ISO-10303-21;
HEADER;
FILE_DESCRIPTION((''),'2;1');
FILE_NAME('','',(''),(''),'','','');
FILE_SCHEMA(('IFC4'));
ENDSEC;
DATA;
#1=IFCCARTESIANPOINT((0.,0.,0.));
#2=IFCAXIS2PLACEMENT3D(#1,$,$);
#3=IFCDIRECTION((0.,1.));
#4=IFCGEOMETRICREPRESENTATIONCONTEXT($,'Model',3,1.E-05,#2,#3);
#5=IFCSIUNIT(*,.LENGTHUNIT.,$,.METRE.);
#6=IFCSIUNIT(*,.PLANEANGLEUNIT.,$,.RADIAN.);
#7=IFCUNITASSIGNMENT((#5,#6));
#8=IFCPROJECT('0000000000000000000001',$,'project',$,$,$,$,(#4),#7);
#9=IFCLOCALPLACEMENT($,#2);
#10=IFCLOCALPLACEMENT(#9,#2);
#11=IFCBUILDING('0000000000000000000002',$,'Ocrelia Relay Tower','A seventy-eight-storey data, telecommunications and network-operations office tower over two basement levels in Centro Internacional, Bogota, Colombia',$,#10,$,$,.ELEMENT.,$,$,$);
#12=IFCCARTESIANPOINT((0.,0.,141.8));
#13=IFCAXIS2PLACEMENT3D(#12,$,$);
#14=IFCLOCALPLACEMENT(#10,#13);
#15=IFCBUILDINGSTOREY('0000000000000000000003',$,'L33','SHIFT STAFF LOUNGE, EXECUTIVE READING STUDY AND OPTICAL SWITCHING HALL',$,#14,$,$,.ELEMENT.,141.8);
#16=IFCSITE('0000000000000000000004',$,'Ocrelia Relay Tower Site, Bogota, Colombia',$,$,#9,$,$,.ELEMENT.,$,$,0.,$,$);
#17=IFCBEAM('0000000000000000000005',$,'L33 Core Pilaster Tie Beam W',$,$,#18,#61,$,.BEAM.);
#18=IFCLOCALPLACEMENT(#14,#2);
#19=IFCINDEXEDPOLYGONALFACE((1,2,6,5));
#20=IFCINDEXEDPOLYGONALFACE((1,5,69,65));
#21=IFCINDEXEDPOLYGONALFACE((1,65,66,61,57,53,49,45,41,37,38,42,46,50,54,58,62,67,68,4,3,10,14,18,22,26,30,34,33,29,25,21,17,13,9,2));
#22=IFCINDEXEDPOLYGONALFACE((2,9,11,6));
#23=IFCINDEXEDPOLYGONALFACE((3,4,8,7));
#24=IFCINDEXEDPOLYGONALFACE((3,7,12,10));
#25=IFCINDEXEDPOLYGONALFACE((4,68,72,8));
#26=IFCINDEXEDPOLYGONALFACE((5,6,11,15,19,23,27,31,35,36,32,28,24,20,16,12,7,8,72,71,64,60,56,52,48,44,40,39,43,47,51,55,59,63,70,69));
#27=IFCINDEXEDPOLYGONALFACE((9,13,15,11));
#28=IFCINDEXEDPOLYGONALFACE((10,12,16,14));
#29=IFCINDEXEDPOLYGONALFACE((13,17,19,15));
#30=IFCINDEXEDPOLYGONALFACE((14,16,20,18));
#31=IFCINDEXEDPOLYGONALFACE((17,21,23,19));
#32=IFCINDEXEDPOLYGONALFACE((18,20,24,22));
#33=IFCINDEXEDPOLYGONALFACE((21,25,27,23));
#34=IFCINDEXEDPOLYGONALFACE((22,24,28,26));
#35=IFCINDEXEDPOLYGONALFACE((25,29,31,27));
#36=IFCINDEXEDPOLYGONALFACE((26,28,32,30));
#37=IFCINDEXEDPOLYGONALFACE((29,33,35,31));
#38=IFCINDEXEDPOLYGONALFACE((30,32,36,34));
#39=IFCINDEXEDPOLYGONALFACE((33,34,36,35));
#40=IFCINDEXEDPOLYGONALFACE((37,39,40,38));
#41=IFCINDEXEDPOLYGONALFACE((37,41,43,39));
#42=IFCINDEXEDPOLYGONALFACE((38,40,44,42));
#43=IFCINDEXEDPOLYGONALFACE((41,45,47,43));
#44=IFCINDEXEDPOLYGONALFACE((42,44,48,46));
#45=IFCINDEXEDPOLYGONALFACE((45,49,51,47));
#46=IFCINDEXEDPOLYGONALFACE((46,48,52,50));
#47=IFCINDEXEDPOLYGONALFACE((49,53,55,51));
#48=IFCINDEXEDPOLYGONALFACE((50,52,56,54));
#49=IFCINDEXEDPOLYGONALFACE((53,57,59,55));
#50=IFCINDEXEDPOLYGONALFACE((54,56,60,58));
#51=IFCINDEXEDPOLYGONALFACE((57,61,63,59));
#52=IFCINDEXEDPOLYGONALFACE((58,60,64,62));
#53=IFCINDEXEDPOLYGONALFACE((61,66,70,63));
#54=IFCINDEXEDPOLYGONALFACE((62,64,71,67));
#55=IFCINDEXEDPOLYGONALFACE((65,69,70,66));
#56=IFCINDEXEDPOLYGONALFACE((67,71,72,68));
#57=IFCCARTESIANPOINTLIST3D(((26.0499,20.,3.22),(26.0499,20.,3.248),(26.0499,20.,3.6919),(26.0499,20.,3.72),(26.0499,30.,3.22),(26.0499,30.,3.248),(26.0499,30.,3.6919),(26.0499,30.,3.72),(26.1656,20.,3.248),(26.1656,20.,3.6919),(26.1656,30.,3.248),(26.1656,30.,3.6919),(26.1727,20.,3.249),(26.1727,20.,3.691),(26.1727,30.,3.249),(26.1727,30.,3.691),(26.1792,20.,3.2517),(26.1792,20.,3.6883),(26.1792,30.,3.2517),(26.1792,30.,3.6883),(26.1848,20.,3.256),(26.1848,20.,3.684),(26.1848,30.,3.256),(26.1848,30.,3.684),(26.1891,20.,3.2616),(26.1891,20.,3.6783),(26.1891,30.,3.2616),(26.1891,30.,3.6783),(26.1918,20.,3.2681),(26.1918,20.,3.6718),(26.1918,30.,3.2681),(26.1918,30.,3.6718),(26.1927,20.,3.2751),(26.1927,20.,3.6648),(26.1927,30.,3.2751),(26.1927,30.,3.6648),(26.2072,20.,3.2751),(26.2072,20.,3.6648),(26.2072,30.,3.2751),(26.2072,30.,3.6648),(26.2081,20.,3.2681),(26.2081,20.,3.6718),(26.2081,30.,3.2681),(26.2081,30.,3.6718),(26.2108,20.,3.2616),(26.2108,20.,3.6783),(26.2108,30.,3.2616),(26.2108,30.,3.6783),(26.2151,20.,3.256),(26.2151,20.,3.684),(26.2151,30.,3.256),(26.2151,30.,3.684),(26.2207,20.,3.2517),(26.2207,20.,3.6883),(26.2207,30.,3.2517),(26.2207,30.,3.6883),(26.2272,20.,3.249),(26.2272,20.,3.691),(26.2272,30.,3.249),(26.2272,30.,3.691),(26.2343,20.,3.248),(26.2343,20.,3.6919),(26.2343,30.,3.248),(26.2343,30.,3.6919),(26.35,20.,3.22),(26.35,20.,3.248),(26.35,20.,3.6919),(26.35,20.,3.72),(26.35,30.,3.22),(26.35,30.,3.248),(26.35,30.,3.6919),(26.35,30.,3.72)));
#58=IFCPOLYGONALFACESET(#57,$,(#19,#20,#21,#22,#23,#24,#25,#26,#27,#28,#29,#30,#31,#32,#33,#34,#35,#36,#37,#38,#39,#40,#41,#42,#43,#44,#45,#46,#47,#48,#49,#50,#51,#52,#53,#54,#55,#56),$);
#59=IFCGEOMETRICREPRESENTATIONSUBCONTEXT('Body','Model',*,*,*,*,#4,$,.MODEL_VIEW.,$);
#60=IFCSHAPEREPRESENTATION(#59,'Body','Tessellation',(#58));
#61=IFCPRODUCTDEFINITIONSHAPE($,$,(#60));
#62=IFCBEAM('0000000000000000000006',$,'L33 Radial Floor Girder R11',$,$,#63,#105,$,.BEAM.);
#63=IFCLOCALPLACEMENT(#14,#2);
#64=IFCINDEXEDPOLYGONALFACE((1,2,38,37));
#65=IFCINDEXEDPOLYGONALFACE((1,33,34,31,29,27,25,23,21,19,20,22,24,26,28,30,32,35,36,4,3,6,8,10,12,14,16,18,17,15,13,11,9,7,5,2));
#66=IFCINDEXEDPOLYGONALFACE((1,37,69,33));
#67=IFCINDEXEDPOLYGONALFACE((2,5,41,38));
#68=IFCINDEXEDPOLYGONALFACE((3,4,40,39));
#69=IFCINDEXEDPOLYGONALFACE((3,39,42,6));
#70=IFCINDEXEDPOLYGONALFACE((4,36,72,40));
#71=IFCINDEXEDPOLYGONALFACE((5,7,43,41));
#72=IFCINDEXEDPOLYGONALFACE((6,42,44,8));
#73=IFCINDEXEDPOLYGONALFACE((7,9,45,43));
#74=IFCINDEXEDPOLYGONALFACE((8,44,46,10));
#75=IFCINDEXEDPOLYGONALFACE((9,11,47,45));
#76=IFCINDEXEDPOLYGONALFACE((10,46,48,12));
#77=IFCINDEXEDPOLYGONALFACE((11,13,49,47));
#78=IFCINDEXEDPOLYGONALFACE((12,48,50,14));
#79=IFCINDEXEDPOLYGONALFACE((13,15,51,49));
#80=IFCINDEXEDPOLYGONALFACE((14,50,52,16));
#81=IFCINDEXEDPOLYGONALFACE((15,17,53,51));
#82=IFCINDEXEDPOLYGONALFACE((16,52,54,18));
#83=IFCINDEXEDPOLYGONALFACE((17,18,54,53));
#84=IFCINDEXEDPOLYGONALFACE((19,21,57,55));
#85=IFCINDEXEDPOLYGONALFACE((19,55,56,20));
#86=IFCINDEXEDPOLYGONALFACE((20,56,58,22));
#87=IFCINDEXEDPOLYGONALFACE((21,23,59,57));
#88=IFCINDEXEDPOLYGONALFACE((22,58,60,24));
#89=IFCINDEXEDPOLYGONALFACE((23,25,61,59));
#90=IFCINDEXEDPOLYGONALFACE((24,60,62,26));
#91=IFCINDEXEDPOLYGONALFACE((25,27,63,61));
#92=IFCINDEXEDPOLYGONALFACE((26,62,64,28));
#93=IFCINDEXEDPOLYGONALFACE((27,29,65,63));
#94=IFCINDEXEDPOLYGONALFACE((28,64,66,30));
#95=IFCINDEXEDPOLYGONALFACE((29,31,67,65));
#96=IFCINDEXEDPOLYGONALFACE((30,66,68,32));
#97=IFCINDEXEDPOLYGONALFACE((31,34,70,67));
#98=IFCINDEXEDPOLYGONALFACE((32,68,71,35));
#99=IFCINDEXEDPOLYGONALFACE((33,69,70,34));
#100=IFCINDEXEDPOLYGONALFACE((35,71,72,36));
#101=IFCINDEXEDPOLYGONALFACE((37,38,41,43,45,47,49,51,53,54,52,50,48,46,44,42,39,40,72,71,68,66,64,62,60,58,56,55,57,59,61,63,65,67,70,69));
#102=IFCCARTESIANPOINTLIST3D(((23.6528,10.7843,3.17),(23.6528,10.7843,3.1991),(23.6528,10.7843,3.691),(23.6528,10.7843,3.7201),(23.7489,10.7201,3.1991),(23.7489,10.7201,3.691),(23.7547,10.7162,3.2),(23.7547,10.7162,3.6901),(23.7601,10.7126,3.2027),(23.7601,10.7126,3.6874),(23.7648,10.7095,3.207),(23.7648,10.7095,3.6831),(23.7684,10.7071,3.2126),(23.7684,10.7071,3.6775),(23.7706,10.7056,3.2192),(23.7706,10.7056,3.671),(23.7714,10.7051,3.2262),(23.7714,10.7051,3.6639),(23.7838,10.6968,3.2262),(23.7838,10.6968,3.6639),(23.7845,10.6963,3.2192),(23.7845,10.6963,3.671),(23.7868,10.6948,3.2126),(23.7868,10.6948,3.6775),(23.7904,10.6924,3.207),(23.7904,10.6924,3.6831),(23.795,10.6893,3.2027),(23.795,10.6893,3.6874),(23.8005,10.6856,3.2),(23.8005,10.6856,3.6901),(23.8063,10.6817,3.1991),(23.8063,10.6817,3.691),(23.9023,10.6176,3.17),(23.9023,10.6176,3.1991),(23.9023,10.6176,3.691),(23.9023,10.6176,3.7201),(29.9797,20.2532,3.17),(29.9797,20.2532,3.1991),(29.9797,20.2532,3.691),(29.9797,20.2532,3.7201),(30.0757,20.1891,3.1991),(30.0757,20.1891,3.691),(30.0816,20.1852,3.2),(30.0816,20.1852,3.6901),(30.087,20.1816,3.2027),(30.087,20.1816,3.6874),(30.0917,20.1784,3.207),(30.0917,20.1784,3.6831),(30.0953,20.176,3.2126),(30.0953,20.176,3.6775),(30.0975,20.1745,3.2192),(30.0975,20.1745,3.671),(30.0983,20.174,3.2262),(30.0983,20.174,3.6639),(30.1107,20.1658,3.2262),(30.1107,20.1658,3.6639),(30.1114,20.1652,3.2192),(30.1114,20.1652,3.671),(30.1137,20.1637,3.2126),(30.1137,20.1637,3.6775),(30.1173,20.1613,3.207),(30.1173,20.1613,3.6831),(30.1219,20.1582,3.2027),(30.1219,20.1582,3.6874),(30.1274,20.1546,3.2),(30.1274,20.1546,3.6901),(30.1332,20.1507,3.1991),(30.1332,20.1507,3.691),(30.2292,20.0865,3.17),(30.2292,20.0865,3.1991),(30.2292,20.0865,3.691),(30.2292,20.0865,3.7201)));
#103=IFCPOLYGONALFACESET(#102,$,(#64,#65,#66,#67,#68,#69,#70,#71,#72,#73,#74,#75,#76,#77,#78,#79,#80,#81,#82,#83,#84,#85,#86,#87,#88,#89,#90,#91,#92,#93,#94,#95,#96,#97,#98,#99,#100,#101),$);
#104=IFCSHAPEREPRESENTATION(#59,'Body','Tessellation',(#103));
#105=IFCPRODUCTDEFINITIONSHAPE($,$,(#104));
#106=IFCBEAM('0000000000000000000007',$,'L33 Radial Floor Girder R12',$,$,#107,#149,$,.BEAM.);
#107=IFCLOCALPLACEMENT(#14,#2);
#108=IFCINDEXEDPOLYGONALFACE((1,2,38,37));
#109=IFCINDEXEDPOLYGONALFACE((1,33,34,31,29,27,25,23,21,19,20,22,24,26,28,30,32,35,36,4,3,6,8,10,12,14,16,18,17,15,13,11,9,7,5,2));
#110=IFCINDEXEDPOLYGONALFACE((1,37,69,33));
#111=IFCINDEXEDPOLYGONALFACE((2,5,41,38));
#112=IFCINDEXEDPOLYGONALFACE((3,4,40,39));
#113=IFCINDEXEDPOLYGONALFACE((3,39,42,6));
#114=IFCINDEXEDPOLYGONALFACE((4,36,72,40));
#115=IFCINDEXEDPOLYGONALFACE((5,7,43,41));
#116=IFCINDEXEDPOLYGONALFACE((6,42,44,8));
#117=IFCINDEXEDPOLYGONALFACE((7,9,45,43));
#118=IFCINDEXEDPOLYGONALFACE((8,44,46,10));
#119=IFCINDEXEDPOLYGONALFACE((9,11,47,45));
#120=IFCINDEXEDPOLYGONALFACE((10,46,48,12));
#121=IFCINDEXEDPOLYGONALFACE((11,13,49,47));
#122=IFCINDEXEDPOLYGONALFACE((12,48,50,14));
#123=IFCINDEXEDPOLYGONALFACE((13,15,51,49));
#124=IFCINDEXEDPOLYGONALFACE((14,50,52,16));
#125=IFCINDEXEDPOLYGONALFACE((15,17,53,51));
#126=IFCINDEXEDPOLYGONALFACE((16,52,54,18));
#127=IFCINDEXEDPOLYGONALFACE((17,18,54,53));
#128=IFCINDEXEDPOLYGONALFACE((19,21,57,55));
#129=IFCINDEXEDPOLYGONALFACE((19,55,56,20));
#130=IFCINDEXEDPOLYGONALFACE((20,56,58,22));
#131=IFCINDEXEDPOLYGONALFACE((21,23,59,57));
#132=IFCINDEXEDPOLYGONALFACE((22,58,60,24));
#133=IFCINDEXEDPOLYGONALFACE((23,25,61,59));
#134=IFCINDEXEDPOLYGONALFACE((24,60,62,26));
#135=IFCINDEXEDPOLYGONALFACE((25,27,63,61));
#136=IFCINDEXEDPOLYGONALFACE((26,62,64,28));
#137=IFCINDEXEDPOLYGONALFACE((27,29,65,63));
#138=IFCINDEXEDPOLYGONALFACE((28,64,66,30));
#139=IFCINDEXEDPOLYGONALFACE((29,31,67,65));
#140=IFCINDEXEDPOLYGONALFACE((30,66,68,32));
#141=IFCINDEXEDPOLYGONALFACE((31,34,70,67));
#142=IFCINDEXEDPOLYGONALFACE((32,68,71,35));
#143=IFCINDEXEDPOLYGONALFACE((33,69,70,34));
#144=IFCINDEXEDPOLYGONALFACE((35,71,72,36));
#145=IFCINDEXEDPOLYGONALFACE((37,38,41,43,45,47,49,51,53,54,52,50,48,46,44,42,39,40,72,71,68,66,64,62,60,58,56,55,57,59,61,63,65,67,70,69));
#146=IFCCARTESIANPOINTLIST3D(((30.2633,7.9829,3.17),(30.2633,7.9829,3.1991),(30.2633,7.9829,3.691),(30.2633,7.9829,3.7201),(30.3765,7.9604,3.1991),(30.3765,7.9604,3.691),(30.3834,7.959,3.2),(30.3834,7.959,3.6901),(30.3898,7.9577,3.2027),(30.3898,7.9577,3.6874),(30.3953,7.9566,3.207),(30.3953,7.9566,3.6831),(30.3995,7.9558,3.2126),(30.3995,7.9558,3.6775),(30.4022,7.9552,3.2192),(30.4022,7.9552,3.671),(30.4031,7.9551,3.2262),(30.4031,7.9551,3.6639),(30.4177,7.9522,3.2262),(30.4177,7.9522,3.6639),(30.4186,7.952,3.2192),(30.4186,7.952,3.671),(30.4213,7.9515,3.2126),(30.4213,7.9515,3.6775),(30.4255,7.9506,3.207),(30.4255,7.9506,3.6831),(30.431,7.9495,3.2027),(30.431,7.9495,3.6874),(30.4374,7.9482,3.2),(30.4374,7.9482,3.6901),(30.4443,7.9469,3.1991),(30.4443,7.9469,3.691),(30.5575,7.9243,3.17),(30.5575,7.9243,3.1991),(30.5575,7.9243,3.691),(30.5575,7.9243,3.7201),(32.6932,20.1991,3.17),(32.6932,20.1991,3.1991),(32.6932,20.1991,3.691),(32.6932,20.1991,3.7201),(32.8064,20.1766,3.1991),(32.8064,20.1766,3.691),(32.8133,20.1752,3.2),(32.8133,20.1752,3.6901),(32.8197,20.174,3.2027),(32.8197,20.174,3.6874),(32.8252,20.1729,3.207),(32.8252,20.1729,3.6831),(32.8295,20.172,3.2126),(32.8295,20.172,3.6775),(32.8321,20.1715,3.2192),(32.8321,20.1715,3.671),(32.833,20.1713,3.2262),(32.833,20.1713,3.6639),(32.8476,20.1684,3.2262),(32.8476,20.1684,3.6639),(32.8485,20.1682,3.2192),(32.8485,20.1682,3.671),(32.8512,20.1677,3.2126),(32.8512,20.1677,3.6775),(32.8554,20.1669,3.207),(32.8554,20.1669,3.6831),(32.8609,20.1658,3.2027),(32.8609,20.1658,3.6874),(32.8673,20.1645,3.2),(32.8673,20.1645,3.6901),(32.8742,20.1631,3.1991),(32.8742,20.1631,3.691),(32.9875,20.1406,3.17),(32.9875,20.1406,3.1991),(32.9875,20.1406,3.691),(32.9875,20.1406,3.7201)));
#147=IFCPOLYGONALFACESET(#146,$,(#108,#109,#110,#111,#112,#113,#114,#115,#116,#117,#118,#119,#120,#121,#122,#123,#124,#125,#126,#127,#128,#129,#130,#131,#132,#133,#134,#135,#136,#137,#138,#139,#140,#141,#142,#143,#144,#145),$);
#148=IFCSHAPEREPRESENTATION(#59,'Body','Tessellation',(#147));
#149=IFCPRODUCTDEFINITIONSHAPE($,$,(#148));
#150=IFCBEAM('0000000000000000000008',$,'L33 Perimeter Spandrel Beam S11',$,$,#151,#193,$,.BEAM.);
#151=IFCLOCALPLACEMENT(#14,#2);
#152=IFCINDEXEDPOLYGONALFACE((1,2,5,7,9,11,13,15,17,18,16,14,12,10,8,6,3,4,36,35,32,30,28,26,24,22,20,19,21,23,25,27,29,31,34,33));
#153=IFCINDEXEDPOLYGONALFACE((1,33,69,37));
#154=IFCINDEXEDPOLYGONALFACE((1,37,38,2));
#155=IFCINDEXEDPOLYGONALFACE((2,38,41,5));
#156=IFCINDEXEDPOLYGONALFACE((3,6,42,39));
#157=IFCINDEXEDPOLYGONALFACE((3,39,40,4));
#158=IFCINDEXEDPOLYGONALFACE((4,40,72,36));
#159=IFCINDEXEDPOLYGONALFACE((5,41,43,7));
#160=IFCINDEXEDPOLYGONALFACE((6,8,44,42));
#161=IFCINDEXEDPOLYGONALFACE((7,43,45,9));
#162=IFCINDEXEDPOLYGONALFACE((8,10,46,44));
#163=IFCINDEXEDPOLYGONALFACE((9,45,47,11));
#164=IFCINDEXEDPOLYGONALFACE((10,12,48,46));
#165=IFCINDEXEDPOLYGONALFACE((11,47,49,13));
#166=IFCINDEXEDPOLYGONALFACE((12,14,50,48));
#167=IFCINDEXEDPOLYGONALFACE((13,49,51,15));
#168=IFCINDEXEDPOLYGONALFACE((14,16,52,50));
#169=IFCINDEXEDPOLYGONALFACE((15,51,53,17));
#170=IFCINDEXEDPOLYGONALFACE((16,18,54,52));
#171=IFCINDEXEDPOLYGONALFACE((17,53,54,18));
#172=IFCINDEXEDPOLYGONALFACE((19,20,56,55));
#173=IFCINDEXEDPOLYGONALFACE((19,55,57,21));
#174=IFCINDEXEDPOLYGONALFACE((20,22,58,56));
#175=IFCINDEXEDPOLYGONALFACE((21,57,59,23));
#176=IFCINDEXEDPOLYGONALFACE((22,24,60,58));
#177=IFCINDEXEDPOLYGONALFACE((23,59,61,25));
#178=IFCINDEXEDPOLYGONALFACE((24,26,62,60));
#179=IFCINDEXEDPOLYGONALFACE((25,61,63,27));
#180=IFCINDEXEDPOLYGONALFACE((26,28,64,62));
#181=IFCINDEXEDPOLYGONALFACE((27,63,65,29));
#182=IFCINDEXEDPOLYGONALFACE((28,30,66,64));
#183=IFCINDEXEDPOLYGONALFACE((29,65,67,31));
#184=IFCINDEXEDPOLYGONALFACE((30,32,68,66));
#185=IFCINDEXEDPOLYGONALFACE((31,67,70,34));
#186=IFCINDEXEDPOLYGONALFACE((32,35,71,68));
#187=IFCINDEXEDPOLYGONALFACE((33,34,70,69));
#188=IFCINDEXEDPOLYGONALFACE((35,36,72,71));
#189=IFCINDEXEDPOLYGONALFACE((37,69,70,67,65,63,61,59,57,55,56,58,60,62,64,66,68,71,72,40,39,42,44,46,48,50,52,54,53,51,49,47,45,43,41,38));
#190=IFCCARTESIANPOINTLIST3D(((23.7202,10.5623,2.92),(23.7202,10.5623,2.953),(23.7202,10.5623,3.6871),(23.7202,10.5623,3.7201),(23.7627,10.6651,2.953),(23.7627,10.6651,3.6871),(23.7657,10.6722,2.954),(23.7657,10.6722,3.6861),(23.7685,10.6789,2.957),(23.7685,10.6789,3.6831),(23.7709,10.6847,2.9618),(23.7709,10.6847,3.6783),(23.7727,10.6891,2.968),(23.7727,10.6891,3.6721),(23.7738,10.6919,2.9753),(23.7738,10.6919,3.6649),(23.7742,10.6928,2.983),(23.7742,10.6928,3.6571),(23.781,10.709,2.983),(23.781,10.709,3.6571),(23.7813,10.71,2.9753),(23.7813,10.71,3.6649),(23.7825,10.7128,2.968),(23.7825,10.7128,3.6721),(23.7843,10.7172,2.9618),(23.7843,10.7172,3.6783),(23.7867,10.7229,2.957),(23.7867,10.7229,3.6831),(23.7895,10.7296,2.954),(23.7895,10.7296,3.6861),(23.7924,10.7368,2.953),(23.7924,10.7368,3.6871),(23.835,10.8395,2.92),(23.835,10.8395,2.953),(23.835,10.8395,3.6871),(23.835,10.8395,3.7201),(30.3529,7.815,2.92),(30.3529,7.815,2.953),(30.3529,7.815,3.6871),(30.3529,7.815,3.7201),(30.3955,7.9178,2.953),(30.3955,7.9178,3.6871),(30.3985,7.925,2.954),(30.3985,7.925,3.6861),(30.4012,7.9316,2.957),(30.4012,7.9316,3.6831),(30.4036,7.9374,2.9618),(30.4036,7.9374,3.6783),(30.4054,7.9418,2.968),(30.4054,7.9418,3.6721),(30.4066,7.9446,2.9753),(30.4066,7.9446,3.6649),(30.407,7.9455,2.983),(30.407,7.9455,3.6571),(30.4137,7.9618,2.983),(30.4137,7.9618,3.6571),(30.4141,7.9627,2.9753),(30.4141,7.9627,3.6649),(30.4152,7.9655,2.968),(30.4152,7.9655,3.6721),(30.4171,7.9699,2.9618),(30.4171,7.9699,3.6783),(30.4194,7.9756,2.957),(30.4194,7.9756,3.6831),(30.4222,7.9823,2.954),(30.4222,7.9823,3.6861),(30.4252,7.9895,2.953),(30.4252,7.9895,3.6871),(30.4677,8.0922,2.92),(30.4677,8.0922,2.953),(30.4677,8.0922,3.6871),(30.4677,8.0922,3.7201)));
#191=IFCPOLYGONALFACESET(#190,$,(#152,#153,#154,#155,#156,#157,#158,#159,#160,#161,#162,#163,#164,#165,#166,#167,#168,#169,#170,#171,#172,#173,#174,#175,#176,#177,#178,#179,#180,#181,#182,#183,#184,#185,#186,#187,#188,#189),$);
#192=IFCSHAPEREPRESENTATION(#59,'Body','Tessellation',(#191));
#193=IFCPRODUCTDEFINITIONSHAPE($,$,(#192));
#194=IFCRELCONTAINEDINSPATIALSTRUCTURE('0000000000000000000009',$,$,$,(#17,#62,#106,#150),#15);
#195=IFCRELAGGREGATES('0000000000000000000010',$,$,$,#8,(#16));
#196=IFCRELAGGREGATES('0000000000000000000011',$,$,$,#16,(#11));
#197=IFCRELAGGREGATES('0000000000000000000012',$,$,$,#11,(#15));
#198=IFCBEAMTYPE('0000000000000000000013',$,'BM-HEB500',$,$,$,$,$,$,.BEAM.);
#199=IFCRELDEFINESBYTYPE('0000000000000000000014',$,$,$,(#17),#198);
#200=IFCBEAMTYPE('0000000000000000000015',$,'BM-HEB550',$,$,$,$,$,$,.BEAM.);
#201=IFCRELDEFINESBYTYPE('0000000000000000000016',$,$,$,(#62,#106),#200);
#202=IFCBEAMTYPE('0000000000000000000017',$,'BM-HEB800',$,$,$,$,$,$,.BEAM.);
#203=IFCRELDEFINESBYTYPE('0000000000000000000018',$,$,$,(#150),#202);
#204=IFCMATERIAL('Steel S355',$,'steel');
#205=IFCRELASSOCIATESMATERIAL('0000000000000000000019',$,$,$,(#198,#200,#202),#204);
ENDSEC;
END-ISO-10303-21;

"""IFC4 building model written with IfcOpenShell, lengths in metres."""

from ifc_helpers import new_model, si_unit, direction, frame, origin, origin_2d, place, context, subcontext, project, spatial, i_section, extrude, material, material_profile, profile_set, type_object, element, save


model = new_model("IFC4")

# Units and contexts
model_context = context("Model", 3, precision=1e-05, world=origin(), true_north=direction((0.0, 1.0)))
body_context = subcontext(model_context, "Body", "Model", "MODEL_VIEW")
ifc_project = project(units=[si_unit("LENGTHUNIT", "METRE"), si_unit("PLANEANGLEUNIT", "RADIAN")], contexts=[model_context])

# Site, building, storey
site_placement = place(None, origin())
site = spatial("IfcSite", under=ifc_project, at=site_placement, Name="Ocrelia Relay Tower Site, Bogota, Colombia", CompositionType="ELEMENT", RefElevation=0.0)
building_placement = place(site_placement, origin())
building = spatial("IfcBuilding", under=site, at=building_placement, Name="Ocrelia Relay Tower", Description="A seventy-eight-storey data, telecommunications and network-operations office tower over two basement levels in Centro Internacional, Bogota, Colombia", CompositionType="ELEMENT")
storey_placement = place(building_placement, frame((0.0, 0.0, 141.8)))
storey = spatial("IfcBuildingStorey", under=building, at=storey_placement, Name="L33", Description="SHIFT STAFF LOUNGE, EXECUTIVE READING STUDY AND OPTICAL SWITCHING HALL", CompositionType="ELEMENT", Elevation=141.8)

# Beams
ifc_material_1 = material(Name="Steel S355", Category="steel")
ifc_material_profile_1 = material_profile(ifc_material_1, i_section(OverallWidth=0.3, OverallDepth=0.5, WebThickness=0.0144, FlangeThickness=0.0281, FilletRadius=0.0271, at=origin_2d()), Name="HEB 500")
ifc_profile_set_1 = profile_set([ifc_material_profile_1], Name="Steel S355")
beam_type_1 = type_object("IfcBeamType", Name="BM-HEB500", PredefinedType="BEAM", material=ifc_profile_set_1)
beam_1_placement = place(storey_placement, frame((26.2, 20.0, 3.47), z_axis=(0.0, 1.0, 0.0), x_axis=(-1.0, 0.0, 0.0)))
element("IfcBeam", 1, at=beam_1_placement, inside=storey, type_object=beam_type_1, Name="L33 Core Pilaster Tie Beam W", PredefinedType="BEAM", context=body_context, shape_type="SweptSolid", body=[
    extrude(i_section(OverallWidth=0.3, OverallDepth=0.5, WebThickness=0.0144, FlangeThickness=0.0281, FilletRadius=0.0271, at=origin_2d()), origin(), (0.0, 0.0, 1.0), 10.0),
])
ifc_material_profile_2 = material_profile(ifc_material_1, i_section(OverallWidth=0.3, OverallDepth=0.55, WebThickness=0.0149, FlangeThickness=0.0291, FilletRadius=0.0271, at=origin_2d()), Name="HEB 550")
ifc_profile_set_2 = profile_set([ifc_material_profile_2], Name="Steel S355")
beam_type_2 = type_object("IfcBeamType", Name="BM-HEB550", PredefinedType="BEAM", material=ifc_profile_set_2)
beam_2_placement = place(storey_placement, frame((23.7776, 10.7009, 3.4451), z_axis=(0.555566, 0.831473, 0.0), x_axis=(-0.831473, 0.555566, 0.0)))
element("IfcBeam", 2, at=beam_2_placement, inside=storey, type_object=beam_type_2, Name="L33 Radial Floor Girder R11", PredefinedType="BEAM", context=body_context, shape_type="SweptSolid", body=[
    extrude(i_section(OverallWidth=0.3, OverallDepth=0.55, WebThickness=0.0149, FlangeThickness=0.0291, FilletRadius=0.0271, at=origin_2d()), origin(), (0.0, 0.0, 1.0), 11.3882),
])
beam_3_placement = place(storey_placement, frame((30.4104, 7.9536, 3.4451), z_axis=(0.195087, 0.980786, 0.0), x_axis=(-0.980786, 0.195087, 0.0)))
element("IfcBeam", 3, at=beam_3_placement, inside=storey, type_object=beam_type_2, Name="L33 Radial Floor Girder R12", PredefinedType="BEAM", context=body_context, shape_type="SweptSolid", body=[
    extrude(i_section(OverallWidth=0.3, OverallDepth=0.55, WebThickness=0.0149, FlangeThickness=0.0291, FilletRadius=0.0271, at=origin_2d()), origin(), (0.0, 0.0, 1.0), 12.4556),
])
ifc_material_profile_3 = material_profile(ifc_material_1, i_section(OverallWidth=0.3, OverallDepth=0.8, WebThickness=0.0176, FlangeThickness=0.033, FilletRadius=0.03, at=origin_2d()), Name="HEB 800")
ifc_profile_set_3 = profile_set([ifc_material_profile_3], Name="Steel S355")
beam_type_3 = type_object("IfcBeamType", Name="BM-HEB800", PredefinedType="BEAM", material=ifc_profile_set_3)
for number, where, z_axis, x_axis, name in (
    (4, (23.7776, 10.7009, 3.3201), (0.923884, -0.382673, 0.0), (0.382673, 0.923884, 0.0), "L33 Perimeter Spandrel Beam S11"),
):
    element("IfcBeam", number, at=place(storey_placement, frame(where, z_axis=z_axis, x_axis=x_axis)), inside=storey, type_object=beam_type_3, Name=name, PredefinedType="BEAM", context=body_context, shape_type="SweptSolid", body=[
        extrude(i_section(OverallWidth=0.3, OverallDepth=0.8, WebThickness=0.0176, FlangeThickness=0.033, FilletRadius=0.03, at=origin_2d()), origin(), (0.0, 0.0, 1.0), 7.1792),
    ])

save(model, "model.ifc")
